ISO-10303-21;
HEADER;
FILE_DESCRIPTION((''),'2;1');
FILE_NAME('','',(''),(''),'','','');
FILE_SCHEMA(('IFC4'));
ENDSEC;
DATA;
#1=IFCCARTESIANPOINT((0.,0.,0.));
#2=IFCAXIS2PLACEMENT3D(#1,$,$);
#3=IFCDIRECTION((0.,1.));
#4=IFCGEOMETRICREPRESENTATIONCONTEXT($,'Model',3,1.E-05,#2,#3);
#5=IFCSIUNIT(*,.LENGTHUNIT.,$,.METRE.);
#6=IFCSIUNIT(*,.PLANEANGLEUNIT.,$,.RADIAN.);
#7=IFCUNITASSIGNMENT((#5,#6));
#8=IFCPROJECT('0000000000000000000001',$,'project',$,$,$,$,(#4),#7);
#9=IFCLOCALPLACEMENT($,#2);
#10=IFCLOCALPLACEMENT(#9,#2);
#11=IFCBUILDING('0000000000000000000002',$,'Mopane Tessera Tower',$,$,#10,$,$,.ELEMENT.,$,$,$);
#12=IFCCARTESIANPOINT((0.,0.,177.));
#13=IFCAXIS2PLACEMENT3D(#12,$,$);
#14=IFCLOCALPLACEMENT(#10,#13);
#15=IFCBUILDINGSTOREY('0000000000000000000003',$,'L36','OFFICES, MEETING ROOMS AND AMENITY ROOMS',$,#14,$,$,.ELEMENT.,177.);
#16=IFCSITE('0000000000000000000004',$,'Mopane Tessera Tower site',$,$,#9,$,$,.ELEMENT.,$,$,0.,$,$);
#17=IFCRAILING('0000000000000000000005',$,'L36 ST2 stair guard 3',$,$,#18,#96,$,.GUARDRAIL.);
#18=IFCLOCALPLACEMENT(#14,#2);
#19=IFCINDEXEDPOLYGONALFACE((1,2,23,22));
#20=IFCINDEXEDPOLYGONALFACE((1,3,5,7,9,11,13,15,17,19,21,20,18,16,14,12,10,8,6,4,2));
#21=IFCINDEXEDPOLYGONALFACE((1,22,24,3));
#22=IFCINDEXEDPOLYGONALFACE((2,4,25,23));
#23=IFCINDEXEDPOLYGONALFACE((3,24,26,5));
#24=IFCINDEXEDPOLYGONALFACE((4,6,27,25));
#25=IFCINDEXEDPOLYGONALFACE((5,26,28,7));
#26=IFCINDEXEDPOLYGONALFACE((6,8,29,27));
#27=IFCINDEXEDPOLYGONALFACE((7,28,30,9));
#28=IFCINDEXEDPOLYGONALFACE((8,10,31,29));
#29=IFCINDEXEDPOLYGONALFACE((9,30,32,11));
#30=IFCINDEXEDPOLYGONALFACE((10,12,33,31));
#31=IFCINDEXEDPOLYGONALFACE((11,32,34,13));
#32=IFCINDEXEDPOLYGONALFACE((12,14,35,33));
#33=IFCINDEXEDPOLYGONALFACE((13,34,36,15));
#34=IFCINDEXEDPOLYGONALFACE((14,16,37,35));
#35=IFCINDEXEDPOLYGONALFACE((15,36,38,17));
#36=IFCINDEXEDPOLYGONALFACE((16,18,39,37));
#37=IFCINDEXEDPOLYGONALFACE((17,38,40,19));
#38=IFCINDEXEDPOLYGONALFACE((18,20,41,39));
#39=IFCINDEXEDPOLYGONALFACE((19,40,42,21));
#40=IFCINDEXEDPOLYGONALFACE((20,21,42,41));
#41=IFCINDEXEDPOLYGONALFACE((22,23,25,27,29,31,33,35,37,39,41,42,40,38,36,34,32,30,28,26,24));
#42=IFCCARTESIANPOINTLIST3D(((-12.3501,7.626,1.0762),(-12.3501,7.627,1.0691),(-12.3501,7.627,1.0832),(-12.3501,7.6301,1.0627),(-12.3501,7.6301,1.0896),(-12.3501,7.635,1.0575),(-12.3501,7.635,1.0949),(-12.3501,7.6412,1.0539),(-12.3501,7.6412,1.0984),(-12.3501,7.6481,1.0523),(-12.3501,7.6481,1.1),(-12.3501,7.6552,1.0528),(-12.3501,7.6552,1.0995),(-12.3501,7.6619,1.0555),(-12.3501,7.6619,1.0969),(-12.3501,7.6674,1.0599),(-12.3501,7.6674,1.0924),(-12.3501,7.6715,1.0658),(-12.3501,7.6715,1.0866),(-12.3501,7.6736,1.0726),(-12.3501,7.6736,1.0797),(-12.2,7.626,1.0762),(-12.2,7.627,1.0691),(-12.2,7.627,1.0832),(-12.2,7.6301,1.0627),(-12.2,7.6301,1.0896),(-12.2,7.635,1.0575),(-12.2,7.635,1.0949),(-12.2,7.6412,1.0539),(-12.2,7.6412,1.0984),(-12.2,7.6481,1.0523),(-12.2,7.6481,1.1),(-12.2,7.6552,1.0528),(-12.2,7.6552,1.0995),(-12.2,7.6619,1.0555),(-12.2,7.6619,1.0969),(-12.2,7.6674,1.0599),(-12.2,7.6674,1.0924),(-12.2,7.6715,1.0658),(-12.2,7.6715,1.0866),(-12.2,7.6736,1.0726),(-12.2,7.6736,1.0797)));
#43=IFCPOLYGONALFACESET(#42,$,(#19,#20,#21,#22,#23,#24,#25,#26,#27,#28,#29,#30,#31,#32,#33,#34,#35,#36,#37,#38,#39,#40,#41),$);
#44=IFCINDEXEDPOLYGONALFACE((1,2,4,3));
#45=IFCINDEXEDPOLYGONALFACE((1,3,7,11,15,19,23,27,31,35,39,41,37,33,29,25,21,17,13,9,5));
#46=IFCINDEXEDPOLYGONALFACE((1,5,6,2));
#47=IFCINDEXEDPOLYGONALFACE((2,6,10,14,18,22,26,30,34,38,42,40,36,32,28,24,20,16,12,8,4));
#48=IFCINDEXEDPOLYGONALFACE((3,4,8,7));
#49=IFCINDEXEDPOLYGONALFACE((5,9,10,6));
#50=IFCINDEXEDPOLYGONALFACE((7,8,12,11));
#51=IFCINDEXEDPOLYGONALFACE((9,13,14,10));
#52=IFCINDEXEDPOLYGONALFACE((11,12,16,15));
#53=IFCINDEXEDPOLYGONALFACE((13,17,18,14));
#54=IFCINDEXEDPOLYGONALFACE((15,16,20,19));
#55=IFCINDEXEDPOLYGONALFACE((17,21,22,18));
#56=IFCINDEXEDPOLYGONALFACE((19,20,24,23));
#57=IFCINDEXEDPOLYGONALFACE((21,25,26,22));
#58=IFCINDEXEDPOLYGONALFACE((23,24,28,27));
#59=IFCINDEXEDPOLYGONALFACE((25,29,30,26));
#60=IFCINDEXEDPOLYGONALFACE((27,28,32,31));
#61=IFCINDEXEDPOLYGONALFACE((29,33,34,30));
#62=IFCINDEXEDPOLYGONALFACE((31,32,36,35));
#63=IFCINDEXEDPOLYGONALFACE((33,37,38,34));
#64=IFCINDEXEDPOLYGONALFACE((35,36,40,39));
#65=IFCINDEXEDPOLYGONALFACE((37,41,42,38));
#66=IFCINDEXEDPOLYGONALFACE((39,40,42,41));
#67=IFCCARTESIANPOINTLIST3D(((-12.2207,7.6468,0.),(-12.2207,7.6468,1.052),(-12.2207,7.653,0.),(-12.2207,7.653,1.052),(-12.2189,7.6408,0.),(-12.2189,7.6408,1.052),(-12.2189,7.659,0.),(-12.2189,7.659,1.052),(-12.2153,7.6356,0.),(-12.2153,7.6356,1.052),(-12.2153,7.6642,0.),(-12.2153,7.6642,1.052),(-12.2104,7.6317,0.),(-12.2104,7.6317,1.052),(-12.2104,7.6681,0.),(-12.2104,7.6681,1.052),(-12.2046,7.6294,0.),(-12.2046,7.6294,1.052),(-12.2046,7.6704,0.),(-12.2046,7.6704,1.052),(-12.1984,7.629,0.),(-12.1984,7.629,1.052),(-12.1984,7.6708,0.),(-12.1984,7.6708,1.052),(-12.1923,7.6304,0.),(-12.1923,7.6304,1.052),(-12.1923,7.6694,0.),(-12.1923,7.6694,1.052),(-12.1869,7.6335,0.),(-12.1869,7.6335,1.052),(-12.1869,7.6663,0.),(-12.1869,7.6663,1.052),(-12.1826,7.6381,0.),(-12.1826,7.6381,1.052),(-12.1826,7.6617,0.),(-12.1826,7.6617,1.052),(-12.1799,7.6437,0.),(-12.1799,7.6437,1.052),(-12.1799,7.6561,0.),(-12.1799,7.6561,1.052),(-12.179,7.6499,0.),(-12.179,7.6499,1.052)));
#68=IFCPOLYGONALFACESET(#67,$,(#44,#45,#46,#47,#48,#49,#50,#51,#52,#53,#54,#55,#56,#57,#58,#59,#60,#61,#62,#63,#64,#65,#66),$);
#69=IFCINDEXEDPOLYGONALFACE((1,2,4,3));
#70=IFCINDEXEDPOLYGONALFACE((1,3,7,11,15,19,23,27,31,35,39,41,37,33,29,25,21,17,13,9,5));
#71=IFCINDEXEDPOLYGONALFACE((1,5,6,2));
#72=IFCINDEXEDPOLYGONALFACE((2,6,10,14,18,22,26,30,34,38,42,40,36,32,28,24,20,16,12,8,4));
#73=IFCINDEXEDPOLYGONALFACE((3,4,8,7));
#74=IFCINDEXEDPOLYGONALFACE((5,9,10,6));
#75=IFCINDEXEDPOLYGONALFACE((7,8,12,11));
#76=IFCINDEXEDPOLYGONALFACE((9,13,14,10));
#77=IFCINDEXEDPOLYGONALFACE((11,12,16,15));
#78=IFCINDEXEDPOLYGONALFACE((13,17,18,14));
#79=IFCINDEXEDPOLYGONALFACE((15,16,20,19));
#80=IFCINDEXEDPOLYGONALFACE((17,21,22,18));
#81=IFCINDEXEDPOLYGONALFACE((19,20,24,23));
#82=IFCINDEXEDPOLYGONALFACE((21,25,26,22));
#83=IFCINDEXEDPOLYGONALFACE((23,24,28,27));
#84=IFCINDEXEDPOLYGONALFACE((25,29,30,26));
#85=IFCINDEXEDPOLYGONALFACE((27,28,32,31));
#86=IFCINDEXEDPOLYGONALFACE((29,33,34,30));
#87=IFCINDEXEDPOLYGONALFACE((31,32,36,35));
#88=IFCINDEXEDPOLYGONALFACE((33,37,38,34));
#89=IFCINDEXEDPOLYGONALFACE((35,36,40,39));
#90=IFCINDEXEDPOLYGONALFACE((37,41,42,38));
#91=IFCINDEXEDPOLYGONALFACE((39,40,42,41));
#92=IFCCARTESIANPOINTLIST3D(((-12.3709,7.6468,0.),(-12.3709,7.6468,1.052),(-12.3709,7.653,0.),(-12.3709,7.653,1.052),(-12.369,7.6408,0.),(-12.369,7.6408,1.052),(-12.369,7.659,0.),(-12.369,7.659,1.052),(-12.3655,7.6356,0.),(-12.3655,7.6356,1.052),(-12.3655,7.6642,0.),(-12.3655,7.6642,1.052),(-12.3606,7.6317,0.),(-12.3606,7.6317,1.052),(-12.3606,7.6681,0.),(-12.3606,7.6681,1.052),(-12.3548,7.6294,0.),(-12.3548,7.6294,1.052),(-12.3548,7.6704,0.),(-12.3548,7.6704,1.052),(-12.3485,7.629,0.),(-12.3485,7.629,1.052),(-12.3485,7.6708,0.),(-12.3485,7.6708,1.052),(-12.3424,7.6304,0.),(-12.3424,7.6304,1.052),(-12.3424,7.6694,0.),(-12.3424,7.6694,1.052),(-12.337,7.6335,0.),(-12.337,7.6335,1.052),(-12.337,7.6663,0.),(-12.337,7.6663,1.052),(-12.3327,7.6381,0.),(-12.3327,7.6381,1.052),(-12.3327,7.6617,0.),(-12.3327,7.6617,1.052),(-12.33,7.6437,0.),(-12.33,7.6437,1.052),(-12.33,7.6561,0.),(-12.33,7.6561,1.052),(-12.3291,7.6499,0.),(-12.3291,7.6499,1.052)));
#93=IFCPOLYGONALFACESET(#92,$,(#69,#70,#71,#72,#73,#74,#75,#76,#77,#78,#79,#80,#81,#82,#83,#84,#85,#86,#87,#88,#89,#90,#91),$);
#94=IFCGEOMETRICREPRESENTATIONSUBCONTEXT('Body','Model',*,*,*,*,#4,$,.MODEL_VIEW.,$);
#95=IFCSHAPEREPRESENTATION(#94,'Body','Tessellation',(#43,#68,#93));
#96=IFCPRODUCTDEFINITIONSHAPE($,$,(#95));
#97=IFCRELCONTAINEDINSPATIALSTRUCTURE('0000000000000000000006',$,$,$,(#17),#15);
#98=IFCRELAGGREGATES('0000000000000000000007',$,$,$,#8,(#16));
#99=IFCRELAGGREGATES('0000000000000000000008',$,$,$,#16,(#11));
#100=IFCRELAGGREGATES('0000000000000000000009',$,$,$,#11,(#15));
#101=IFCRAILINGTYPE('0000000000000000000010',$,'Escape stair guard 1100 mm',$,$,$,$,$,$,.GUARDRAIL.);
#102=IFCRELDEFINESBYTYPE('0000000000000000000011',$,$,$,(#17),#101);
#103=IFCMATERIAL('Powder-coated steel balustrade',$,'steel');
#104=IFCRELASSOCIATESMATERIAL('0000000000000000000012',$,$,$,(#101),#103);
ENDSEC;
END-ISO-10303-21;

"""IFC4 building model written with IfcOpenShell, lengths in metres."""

from ifc_helpers import new_model, si_unit, direction, frame, origin, origin_2d, place, context, subcontext, project, spatial, circle, extrude, material, type_object, element, save


model = new_model("IFC4")

# Units and contexts
model_context = context("Model", 3, precision=1e-05, world=origin(), true_north=direction((0.0, 1.0)))
body_context = subcontext(model_context, "Body", "Model", "MODEL_VIEW")
ifc_project = project(units=[si_unit("LENGTHUNIT", "METRE"), si_unit("PLANEANGLEUNIT", "RADIAN")], contexts=[model_context])

# Site, building, storey
site_placement = place(None, origin())
site = spatial("IfcSite", under=ifc_project, at=site_placement, Name="Mopane Tessera Tower site", CompositionType="ELEMENT", RefElevation=0.0)
building_placement = place(site_placement, origin())
building = spatial("IfcBuilding", under=site, at=building_placement, Name="Mopane Tessera Tower", CompositionType="ELEMENT")
storey_placement = place(building_placement, frame((0.0, 0.0, 177.0)))
storey = spatial("IfcBuildingStorey", under=building, at=storey_placement, Name="L36", Description="OFFICES, MEETING ROOMS AND AMENITY ROOMS", CompositionType="ELEMENT", Elevation=177.0)

# Railing
ifc_material_1 = material(Name="Powder-coated steel balustrade", Category="steel")
railing_type_1 = type_object("IfcRailingType", Name="Escape stair guard 1100 mm", PredefinedType="GUARDRAIL", material=ifc_material_1)
railing_1_placement = place(storey_placement, frame((-12.2, 7.6499, 0.0)))
element("IfcRailing", 1, at=railing_1_placement, inside=storey, type_object=railing_type_1, Name="L36 ST2 stair guard 3", PredefinedType="GUARDRAIL", context=body_context, shape_type="SweptSolid", body=[
    extrude(circle(Radius=0.0239, at=origin_2d()), frame((0.0, 0.0, 1.0762), z_axis=(-1.0, 0.0, 0.0), x_axis=(0.0, -1.0, 0.0)), (0.0, 0.0, 1.0), 0.1501),
    extrude(circle(Radius=0.021, at=origin_2d()), origin(), (0.0, 0.0, 1.0), 1.052),
    extrude(circle(Radius=0.021, at=origin_2d()), frame((-0.1501, 0.0, 0.0)), (0.0, 0.0, 1.0), 1.052),
])

save(model, "model.ifc")
